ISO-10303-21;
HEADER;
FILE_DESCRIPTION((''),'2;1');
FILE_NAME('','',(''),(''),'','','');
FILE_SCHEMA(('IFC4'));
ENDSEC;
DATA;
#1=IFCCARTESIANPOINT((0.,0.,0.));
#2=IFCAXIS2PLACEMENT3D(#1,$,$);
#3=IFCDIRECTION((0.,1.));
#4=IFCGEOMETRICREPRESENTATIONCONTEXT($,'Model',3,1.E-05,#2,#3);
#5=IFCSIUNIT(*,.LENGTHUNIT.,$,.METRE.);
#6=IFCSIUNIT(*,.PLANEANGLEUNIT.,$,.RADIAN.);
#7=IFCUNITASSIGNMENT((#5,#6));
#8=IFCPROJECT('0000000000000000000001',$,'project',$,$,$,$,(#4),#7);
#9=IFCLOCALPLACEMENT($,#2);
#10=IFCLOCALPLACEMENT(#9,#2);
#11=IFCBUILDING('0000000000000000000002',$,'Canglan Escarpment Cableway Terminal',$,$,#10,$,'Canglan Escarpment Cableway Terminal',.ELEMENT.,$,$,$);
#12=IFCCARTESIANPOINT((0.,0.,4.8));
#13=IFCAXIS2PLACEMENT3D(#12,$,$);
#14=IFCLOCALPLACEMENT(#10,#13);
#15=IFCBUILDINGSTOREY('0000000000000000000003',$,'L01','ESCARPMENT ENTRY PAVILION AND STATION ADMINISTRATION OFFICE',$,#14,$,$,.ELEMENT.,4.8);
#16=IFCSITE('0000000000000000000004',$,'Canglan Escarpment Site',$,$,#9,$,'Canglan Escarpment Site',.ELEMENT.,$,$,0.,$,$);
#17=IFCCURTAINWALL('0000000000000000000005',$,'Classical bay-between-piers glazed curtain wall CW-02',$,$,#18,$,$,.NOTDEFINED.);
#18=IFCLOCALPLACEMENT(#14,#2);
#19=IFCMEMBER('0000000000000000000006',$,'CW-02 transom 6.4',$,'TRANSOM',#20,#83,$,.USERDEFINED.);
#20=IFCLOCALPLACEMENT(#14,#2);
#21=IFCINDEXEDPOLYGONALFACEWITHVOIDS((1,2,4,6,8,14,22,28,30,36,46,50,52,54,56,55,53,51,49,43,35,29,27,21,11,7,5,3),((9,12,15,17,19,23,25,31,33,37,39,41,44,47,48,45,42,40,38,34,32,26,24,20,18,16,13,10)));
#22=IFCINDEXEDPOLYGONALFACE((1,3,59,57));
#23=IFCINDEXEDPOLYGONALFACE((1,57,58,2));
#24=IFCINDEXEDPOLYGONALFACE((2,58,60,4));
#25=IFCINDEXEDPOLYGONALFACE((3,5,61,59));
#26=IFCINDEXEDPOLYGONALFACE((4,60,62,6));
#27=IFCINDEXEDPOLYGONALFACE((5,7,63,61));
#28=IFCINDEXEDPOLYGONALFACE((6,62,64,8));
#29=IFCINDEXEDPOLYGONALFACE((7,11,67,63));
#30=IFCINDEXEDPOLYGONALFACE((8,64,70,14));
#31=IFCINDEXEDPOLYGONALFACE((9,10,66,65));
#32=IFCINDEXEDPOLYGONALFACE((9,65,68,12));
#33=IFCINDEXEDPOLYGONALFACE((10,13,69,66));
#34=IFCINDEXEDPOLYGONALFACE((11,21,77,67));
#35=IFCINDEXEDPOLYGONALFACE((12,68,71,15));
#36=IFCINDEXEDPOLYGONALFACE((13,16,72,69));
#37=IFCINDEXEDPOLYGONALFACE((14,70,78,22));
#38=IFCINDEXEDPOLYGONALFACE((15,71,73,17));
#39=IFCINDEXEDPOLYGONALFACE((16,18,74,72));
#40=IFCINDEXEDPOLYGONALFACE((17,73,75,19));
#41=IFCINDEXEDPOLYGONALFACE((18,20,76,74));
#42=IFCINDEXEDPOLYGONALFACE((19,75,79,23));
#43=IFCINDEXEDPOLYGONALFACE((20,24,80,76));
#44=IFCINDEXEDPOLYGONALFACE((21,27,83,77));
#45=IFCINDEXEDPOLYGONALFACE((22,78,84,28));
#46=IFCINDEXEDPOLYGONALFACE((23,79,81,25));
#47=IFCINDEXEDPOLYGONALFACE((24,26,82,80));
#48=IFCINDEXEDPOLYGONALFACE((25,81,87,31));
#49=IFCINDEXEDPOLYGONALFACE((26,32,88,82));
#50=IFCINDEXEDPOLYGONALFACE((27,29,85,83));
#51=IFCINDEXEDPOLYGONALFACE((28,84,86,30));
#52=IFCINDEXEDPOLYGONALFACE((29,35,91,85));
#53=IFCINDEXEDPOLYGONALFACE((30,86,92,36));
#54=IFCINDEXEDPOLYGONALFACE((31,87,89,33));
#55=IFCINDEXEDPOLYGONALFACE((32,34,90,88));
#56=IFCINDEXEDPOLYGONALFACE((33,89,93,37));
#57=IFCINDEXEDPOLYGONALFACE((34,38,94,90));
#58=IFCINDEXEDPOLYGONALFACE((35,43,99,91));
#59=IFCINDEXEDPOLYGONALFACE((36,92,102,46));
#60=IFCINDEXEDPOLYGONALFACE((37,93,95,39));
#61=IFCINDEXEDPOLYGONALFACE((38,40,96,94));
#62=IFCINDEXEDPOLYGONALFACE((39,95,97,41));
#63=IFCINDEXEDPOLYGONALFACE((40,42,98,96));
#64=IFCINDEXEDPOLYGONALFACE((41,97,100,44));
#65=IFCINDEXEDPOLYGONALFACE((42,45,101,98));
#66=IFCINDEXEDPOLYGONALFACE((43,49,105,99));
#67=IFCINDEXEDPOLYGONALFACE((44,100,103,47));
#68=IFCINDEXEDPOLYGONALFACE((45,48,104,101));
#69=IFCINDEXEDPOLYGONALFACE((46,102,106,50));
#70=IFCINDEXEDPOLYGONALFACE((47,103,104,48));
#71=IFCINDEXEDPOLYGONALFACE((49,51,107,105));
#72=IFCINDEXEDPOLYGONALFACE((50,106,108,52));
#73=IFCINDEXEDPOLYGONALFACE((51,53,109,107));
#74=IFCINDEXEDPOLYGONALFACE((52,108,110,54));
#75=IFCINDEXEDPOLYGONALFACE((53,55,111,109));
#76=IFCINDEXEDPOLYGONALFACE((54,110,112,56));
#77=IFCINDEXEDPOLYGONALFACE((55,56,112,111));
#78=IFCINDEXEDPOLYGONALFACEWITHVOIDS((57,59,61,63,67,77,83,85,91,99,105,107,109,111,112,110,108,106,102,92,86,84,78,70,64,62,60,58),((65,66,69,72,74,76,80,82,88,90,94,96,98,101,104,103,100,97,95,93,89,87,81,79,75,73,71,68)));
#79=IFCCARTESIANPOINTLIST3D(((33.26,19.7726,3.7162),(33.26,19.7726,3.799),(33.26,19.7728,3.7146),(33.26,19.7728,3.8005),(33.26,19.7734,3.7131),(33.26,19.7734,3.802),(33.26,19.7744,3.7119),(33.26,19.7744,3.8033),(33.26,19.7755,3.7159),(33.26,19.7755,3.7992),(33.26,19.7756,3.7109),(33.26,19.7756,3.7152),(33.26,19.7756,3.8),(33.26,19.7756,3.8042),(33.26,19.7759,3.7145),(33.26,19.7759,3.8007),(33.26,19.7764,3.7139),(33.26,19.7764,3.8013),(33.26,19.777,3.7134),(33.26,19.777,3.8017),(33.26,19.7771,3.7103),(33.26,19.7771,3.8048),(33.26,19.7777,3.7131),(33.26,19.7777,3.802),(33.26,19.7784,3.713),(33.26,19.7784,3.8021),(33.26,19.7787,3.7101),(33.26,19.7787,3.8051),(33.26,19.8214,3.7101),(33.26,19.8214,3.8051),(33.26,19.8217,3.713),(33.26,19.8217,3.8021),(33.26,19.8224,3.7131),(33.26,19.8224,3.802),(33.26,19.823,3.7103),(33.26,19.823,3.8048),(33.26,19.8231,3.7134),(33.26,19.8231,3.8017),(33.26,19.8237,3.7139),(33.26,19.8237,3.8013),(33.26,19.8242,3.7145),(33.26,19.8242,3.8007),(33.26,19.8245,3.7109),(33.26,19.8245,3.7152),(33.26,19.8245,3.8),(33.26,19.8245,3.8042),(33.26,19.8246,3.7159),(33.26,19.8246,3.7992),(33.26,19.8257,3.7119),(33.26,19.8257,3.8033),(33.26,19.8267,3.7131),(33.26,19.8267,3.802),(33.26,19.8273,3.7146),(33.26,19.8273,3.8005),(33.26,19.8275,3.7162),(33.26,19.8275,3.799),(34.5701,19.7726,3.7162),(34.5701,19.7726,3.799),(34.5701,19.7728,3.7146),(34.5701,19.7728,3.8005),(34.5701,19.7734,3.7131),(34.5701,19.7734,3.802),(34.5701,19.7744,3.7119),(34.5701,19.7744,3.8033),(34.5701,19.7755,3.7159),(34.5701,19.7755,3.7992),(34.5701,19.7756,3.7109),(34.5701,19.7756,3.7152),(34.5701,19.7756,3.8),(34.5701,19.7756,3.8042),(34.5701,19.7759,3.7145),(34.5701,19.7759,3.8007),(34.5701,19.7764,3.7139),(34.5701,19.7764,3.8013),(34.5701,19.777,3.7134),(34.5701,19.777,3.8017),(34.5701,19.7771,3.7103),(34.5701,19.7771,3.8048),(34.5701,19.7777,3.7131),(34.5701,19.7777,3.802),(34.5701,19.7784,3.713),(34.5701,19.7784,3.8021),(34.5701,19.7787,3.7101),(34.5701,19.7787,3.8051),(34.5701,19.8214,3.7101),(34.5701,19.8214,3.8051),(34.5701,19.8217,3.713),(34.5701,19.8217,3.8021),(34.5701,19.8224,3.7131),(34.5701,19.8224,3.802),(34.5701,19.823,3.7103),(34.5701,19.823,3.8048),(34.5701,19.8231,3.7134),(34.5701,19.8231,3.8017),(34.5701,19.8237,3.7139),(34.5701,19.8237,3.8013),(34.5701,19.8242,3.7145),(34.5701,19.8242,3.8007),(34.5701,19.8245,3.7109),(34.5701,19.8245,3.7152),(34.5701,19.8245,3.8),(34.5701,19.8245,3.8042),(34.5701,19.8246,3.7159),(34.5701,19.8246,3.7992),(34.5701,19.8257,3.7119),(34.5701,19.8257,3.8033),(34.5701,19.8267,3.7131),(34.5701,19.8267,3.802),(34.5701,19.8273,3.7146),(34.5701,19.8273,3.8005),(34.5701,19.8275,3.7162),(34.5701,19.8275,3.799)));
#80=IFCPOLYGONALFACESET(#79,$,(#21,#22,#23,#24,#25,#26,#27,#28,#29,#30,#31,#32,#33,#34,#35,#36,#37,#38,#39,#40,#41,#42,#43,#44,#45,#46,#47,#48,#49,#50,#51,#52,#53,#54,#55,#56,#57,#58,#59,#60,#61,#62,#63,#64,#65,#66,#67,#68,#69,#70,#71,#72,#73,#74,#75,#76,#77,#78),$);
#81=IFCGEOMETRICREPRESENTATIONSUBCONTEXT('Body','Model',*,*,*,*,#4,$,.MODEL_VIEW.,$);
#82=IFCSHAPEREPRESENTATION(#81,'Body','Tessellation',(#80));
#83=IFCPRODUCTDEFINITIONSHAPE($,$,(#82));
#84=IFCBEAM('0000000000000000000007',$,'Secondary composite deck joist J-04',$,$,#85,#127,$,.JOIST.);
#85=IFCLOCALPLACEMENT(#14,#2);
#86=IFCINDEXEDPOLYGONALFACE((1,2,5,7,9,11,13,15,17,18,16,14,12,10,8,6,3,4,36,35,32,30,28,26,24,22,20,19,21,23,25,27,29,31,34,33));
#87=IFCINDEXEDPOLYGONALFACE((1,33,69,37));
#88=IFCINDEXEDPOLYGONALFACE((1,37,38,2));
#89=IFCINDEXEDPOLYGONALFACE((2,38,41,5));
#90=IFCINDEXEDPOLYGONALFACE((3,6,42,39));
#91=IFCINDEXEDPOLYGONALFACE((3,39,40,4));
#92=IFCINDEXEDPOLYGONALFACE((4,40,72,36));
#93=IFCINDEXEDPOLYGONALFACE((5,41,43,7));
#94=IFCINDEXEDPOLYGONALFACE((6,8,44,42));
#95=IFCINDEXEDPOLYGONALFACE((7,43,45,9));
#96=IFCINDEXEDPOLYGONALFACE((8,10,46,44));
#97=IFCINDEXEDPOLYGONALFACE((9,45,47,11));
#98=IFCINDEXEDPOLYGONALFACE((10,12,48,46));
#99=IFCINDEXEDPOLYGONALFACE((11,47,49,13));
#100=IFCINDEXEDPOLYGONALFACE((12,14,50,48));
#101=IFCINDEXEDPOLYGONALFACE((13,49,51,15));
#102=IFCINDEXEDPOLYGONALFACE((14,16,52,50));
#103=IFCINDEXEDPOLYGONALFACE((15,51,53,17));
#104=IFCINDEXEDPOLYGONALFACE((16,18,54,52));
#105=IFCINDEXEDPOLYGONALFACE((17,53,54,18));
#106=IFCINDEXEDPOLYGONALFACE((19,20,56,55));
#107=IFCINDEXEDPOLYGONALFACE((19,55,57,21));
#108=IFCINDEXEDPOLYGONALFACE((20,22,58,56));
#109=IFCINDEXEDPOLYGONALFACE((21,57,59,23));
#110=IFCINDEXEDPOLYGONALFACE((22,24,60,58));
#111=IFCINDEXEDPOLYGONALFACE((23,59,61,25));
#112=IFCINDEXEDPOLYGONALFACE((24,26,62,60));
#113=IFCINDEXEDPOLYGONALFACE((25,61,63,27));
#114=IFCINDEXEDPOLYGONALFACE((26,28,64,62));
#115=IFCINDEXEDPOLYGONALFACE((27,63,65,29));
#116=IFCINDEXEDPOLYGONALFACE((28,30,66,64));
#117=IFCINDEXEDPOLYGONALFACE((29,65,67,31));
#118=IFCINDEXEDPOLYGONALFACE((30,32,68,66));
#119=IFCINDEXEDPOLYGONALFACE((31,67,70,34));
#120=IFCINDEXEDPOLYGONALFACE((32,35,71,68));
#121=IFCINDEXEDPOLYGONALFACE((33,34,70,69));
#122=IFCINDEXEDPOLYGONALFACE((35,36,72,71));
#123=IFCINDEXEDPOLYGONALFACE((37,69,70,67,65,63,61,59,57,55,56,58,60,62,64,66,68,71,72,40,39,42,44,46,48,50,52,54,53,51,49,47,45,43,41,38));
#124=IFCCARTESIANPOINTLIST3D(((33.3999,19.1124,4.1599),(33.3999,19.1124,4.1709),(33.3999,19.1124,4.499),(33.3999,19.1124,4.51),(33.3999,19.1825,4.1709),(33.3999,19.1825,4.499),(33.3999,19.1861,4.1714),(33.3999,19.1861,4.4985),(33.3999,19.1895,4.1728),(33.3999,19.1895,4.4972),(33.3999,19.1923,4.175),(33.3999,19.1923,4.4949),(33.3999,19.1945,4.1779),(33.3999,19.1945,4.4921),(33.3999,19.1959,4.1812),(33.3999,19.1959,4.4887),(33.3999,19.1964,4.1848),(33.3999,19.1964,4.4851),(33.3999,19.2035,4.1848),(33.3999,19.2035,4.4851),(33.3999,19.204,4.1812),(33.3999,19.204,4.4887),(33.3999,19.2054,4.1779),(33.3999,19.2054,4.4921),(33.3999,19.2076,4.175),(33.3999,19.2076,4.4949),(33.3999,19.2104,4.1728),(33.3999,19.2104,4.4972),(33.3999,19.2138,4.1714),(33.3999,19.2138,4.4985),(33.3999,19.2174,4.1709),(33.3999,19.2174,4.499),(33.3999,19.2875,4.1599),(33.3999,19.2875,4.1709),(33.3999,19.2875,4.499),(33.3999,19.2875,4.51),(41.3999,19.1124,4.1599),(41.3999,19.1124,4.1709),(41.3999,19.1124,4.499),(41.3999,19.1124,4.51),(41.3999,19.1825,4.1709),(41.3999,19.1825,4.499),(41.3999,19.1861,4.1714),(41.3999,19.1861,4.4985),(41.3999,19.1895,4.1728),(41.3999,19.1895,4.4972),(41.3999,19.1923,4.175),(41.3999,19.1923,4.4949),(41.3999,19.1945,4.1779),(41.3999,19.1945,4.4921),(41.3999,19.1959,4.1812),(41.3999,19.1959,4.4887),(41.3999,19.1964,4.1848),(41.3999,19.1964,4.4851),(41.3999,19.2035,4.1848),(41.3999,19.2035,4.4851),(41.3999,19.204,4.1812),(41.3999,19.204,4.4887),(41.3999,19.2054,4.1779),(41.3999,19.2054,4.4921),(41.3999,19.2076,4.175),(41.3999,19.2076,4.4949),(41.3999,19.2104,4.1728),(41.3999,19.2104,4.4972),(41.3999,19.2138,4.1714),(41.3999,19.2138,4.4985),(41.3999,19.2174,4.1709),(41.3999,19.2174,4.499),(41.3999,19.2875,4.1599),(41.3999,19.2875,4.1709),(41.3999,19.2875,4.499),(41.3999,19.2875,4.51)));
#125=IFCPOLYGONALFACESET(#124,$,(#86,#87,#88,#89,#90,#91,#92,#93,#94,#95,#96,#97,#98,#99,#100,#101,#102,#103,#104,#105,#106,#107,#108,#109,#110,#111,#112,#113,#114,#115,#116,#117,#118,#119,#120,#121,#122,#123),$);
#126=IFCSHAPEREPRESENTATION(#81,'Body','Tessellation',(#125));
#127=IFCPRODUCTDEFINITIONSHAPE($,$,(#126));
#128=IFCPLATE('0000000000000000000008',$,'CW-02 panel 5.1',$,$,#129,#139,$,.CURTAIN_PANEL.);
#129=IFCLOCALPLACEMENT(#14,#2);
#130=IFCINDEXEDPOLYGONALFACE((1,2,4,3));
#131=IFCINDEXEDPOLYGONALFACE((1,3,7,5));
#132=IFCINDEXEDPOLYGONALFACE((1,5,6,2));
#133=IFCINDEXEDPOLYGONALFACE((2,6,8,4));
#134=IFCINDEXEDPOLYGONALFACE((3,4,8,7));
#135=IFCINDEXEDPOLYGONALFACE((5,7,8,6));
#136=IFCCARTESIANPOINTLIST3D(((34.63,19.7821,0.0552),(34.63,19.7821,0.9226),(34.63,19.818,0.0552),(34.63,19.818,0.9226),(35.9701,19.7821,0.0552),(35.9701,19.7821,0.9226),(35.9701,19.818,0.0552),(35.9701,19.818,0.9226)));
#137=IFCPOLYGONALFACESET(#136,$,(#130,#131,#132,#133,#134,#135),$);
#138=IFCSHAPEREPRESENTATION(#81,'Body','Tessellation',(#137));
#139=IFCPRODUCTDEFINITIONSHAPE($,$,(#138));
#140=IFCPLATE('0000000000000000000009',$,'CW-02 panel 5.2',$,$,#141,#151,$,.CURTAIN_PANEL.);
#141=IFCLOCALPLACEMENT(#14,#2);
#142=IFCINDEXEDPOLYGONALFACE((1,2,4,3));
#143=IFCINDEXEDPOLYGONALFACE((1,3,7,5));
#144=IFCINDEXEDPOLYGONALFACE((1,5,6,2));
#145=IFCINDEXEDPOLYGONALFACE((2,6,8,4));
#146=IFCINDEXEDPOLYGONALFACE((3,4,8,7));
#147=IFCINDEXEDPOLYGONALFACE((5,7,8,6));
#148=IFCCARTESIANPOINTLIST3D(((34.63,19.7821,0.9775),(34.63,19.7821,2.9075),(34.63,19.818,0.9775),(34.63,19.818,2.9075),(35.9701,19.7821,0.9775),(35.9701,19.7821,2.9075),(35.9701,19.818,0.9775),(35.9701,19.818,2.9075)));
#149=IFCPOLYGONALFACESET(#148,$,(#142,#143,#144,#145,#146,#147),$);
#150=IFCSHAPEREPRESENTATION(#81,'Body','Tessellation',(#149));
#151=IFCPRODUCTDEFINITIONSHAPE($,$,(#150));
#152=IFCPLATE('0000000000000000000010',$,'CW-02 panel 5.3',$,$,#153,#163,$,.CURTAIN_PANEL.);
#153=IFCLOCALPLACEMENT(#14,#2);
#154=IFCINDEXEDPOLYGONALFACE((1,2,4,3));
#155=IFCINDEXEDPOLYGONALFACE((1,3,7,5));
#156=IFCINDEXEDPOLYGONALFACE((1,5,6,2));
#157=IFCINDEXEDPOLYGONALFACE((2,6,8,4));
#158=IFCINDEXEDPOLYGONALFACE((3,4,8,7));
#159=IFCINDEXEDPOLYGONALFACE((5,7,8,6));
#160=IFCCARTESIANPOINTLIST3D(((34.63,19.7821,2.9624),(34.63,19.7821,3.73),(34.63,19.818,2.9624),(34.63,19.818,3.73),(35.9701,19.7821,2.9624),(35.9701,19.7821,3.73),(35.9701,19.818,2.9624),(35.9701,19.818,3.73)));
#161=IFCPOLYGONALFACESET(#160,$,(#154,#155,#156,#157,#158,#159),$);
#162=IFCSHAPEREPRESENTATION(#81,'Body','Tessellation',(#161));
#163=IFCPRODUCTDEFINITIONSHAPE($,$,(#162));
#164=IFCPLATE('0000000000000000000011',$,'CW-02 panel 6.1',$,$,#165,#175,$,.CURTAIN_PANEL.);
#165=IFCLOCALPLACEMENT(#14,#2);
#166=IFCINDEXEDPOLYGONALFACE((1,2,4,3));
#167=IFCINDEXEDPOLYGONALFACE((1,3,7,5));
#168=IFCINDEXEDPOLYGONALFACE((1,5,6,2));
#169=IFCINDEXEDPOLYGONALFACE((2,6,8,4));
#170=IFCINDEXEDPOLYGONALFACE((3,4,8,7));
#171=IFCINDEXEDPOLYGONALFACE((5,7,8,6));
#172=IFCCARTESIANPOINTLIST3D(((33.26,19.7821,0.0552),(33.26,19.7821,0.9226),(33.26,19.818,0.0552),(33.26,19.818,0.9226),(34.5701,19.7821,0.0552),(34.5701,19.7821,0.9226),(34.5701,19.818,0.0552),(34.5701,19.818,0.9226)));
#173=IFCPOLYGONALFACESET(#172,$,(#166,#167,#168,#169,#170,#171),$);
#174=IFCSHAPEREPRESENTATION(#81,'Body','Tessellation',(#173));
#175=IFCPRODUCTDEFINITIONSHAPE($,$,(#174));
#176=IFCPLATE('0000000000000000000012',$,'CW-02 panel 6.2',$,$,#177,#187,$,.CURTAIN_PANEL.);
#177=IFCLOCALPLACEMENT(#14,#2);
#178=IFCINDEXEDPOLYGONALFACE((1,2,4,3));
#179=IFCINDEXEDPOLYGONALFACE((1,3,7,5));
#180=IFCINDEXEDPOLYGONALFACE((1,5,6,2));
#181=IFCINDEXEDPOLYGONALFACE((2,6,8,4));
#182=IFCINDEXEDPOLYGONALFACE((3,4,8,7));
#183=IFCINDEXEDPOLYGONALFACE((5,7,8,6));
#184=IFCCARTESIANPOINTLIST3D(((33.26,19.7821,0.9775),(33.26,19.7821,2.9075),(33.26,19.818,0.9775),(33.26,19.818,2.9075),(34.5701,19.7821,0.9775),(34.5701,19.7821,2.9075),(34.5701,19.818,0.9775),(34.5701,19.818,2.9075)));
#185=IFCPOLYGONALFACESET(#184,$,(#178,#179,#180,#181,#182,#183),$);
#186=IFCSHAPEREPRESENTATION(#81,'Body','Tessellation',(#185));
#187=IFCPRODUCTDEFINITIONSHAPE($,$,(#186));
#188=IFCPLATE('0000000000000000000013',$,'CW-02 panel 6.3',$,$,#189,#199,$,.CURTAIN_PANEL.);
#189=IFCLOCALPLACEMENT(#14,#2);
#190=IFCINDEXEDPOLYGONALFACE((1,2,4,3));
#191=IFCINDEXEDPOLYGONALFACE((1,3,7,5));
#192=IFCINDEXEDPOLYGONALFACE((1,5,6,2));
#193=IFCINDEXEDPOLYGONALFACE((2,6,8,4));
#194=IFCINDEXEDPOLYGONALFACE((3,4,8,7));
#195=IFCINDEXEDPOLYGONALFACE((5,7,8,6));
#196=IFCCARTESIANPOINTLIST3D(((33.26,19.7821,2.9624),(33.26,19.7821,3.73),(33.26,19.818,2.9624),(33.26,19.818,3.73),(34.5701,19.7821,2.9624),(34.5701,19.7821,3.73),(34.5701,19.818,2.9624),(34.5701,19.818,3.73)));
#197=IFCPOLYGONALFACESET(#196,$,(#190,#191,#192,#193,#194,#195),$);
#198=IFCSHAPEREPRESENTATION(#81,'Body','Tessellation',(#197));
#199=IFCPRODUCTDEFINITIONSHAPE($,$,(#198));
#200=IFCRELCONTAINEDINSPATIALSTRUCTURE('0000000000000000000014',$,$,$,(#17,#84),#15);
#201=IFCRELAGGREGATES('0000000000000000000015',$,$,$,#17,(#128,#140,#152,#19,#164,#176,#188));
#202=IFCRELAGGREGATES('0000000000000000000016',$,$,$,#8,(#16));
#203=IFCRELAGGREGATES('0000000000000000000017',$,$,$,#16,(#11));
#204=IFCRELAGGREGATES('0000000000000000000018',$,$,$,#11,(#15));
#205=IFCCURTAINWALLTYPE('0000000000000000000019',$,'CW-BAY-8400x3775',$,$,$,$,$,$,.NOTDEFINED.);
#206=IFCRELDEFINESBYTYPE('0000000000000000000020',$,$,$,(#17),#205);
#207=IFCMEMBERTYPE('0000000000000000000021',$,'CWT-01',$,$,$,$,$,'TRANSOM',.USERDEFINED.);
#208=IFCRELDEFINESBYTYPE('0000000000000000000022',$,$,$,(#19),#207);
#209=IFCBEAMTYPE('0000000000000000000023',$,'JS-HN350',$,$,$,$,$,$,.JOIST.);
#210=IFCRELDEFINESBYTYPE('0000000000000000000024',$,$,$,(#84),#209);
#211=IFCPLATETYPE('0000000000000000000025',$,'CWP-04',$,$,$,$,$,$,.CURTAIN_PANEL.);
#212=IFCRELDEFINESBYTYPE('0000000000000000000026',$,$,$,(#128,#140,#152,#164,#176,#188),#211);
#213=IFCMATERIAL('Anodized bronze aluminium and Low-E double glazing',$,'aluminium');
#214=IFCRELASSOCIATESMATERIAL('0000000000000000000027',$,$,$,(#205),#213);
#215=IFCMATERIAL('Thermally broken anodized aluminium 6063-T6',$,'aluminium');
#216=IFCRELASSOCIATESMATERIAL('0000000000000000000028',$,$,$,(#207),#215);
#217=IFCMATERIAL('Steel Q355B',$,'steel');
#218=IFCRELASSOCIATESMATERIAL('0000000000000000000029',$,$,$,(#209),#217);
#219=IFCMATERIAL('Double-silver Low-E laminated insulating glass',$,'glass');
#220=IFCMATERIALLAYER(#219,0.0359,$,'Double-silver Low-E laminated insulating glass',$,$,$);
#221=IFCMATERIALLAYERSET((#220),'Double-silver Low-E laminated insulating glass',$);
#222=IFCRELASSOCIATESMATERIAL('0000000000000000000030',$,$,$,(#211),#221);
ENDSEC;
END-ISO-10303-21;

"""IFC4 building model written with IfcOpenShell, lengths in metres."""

from ifc_helpers import new_model, si_unit, direction, frame, origin, origin_2d, place, context, subcontext, project, spatial, rectangle, hollow_rectangle, i_section, extrude, material, layer, layer_set, material_profile, profile_set, type_object, element, aggregate, save


model = new_model("IFC4")

# Units and contexts
model_context = context("Model", 3, precision=1e-05, world=origin(), true_north=direction((0.0, 1.0)))
body_context = subcontext(model_context, "Body", "Model", "MODEL_VIEW")
ifc_project = project(units=[si_unit("LENGTHUNIT", "METRE"), si_unit("PLANEANGLEUNIT", "RADIAN")], contexts=[model_context])

# Site, building, storey
site_placement = place(None, origin())
site = spatial("IfcSite", under=ifc_project, at=site_placement, Name="Canglan Escarpment Site", LongName="Canglan Escarpment Site", CompositionType="ELEMENT", RefElevation=0.0)
building_placement = place(site_placement, origin())
building = spatial("IfcBuilding", under=site, at=building_placement, Name="Canglan Escarpment Cableway Terminal", LongName="Canglan Escarpment Cableway Terminal", CompositionType="ELEMENT")
storey_placement = place(building_placement, frame((0.0, 0.0, 4.8)))
storey = spatial("IfcBuildingStorey", under=building, at=storey_placement, Name="L01", Description="ESCARPMENT ENTRY PAVILION AND STATION ADMINISTRATION OFFICE", CompositionType="ELEMENT", Elevation=4.8)

# Curtain wall, member
ifc_material_1 = material(Name="Anodized bronze aluminium and Low-E double glazing", Category="aluminium")
curtain_wall_type = type_object("IfcCurtainWallType", Name="CW-BAY-8400x3775", PredefinedType="NOTDEFINED", material=ifc_material_1)
curtain_wall_placement = place(storey_placement, origin())
curtain_wall = element("IfcCurtainWall", 1, at=curtain_wall_placement, inside=storey, type_object=curtain_wall_type, Name="Classical bay-between-piers glazed curtain wall CW-02", PredefinedType="NOTDEFINED")
ifc_material_2 = material(Name="Thermally broken anodized aluminium 6063-T6", Category="aluminium")
ifc_material_profile_1 = material_profile(ifc_material_2, hollow_rectangle(XDim=0.0549, YDim=0.095, WallThickness=0.0029, InnerFilletRadius=0.0029, OuterFilletRadius=0.0061, at=origin_2d()), Name="ALU-TRAN 55x95x3")
ifc_profile_set_1 = profile_set([ifc_material_profile_1], Name="Thermally broken anodized aluminium 6063-T6")
member_type_1 = type_object("IfcMemberType", Name="CWT-01", ElementType="TRANSOM", PredefinedType="USERDEFINED", material=ifc_profile_set_1)
member_1_placement = place(storey_placement, frame((34.5701, 19.8, 3.7576), z_axis=(-1.0, 0.0, 0.0), x_axis=(0.0, -1.0, 0.0)))
member_1 = element("IfcMember", 2, at=member_1_placement, type_object=member_type_1, Name="CW-02 transom 6.4", ObjectType="TRANSOM", PredefinedType="USERDEFINED", context=body_context, shape_type="SweptSolid", body=[
    extrude(hollow_rectangle(XDim=0.0549, YDim=0.095, WallThickness=0.0029, InnerFilletRadius=0.0029, OuterFilletRadius=0.0061, at=origin_2d()), origin(), (0.0, 0.0, 1.0), 1.3101),
])

# Beam
ifc_material_3 = material(Name="Steel Q355B", Category="steel")
ifc_material_profile_2 = material_profile(ifc_material_3, i_section(OverallWidth=0.175, OverallDepth=0.3501, WebThickness=0.0071, FlangeThickness=0.011, FilletRadius=0.0139, at=origin_2d()), Name="HN 350x175x7x11")
ifc_profile_set_2 = profile_set([ifc_material_profile_2], Name="Steel Q355B")
beam_type_1 = type_object("IfcBeamType", Name="JS-HN350", PredefinedType="JOIST", material=ifc_profile_set_2)
beam_1_placement = place(storey_placement, frame((33.3999, 19.2, 4.335), z_axis=(1.0, 0.0, 0.0), x_axis=(0.0, 1.0, 0.0)))
element("IfcBeam", 3, at=beam_1_placement, inside=storey, type_object=beam_type_1, Name="Secondary composite deck joist J-04", PredefinedType="JOIST", context=body_context, shape_type="SweptSolid", body=[
    extrude(i_section(OverallWidth=0.175, OverallDepth=0.3501, WebThickness=0.0071, FlangeThickness=0.011, FilletRadius=0.0139, at=origin_2d()), origin(), (0.0, 0.0, 1.0), 8.0),
])

# Plates
ifc_material_4 = material(Name="Double-silver Low-E laminated insulating glass", Category="glass")
ifc_layer_1 = layer(ifc_material_4, 0.0359, Name="Double-silver Low-E laminated insulating glass")
ifc_layer_set_1 = layer_set([ifc_layer_1], Name="Double-silver Low-E laminated insulating glass")
plate_type = type_object("IfcPlateType", Name="CWP-04", PredefinedType="CURTAIN_PANEL", material=ifc_layer_set_1)
plate_1_placement = place(storey_placement, frame((35.3, 19.8, 0.0552), z_axis=(0.0, 0.0, 1.0), x_axis=(-1.0, 0.0, 0.0)))
plate_1 = element("IfcPlate", 4, at=plate_1_placement, type_object=plate_type, Name="CW-02 panel 5.1", PredefinedType="CURTAIN_PANEL", context=body_context, shape_type="SweptSolid", body=[
    extrude(rectangle(XDim=1.3401, YDim=0.0359, at=origin_2d()), origin(), (0.0, 0.0, 1.0), 0.8674),
])
plate_2_placement = place(storey_placement, frame((35.3, 19.8, 0.9775), z_axis=(0.0, 0.0, 1.0), x_axis=(-1.0, 0.0, 0.0)))
plate_2 = element("IfcPlate", 5, at=plate_2_placement, type_object=plate_type, Name="CW-02 panel 5.2", PredefinedType="CURTAIN_PANEL", context=body_context, shape_type="SweptSolid", body=[
    extrude(rectangle(XDim=1.3401, YDim=0.0359, at=origin_2d()), origin(), (0.0, 0.0, 1.0), 1.9299),
])
plate_3_placement = place(storey_placement, frame((35.3, 19.8, 2.9624), z_axis=(0.0, 0.0, 1.0), x_axis=(-1.0, 0.0, 0.0)))
plate_3 = element("IfcPlate", 6, at=plate_3_placement, type_object=plate_type, Name="CW-02 panel 5.3", PredefinedType="CURTAIN_PANEL", context=body_context, shape_type="SweptSolid", body=[
    extrude(rectangle(XDim=1.3401, YDim=0.0359, at=origin_2d()), origin(), (0.0, 0.0, 1.0), 0.7676),
])
plate_4_placement = place(storey_placement, frame((33.915, 19.8, 0.0552), z_axis=(0.0, 0.0, 1.0), x_axis=(-1.0, 0.0, 0.0)))
plate_4 = element("IfcPlate", 7, at=plate_4_placement, type_object=plate_type, Name="CW-02 panel 6.1", PredefinedType="CURTAIN_PANEL", context=body_context, shape_type="SweptSolid", body=[
    extrude(rectangle(XDim=1.3101, YDim=0.0359, at=origin_2d()), origin(), (0.0, 0.0, 1.0), 0.8674),
])
plate_5_placement = place(storey_placement, frame((33.915, 19.8, 0.9775), z_axis=(0.0, 0.0, 1.0), x_axis=(-1.0, 0.0, 0.0)))
plate_5 = element("IfcPlate", 8, at=plate_5_placement, type_object=plate_type, Name="CW-02 panel 6.2", PredefinedType="CURTAIN_PANEL", context=body_context, shape_type="SweptSolid", body=[
    extrude(rectangle(XDim=1.3101, YDim=0.0359, at=origin_2d()), origin(), (0.0, 0.0, 1.0), 1.9299),
])
plate_6_placement = place(storey_placement, frame((33.915, 19.8, 2.9624), z_axis=(0.0, 0.0, 1.0), x_axis=(-1.0, 0.0, 0.0)))
plate_6 = element("IfcPlate", 9, at=plate_6_placement, type_object=plate_type, Name="CW-02 panel 6.3", PredefinedType="CURTAIN_PANEL", context=body_context, shape_type="SweptSolid", body=[
    extrude(rectangle(XDim=1.3101, YDim=0.0359, at=origin_2d()), origin(), (0.0, 0.0, 1.0), 0.7676),
])
aggregate(curtain_wall, [plate_1, plate_2, plate_3, member_1, plate_4, plate_5, plate_6])

save(model, "model.ifc")
